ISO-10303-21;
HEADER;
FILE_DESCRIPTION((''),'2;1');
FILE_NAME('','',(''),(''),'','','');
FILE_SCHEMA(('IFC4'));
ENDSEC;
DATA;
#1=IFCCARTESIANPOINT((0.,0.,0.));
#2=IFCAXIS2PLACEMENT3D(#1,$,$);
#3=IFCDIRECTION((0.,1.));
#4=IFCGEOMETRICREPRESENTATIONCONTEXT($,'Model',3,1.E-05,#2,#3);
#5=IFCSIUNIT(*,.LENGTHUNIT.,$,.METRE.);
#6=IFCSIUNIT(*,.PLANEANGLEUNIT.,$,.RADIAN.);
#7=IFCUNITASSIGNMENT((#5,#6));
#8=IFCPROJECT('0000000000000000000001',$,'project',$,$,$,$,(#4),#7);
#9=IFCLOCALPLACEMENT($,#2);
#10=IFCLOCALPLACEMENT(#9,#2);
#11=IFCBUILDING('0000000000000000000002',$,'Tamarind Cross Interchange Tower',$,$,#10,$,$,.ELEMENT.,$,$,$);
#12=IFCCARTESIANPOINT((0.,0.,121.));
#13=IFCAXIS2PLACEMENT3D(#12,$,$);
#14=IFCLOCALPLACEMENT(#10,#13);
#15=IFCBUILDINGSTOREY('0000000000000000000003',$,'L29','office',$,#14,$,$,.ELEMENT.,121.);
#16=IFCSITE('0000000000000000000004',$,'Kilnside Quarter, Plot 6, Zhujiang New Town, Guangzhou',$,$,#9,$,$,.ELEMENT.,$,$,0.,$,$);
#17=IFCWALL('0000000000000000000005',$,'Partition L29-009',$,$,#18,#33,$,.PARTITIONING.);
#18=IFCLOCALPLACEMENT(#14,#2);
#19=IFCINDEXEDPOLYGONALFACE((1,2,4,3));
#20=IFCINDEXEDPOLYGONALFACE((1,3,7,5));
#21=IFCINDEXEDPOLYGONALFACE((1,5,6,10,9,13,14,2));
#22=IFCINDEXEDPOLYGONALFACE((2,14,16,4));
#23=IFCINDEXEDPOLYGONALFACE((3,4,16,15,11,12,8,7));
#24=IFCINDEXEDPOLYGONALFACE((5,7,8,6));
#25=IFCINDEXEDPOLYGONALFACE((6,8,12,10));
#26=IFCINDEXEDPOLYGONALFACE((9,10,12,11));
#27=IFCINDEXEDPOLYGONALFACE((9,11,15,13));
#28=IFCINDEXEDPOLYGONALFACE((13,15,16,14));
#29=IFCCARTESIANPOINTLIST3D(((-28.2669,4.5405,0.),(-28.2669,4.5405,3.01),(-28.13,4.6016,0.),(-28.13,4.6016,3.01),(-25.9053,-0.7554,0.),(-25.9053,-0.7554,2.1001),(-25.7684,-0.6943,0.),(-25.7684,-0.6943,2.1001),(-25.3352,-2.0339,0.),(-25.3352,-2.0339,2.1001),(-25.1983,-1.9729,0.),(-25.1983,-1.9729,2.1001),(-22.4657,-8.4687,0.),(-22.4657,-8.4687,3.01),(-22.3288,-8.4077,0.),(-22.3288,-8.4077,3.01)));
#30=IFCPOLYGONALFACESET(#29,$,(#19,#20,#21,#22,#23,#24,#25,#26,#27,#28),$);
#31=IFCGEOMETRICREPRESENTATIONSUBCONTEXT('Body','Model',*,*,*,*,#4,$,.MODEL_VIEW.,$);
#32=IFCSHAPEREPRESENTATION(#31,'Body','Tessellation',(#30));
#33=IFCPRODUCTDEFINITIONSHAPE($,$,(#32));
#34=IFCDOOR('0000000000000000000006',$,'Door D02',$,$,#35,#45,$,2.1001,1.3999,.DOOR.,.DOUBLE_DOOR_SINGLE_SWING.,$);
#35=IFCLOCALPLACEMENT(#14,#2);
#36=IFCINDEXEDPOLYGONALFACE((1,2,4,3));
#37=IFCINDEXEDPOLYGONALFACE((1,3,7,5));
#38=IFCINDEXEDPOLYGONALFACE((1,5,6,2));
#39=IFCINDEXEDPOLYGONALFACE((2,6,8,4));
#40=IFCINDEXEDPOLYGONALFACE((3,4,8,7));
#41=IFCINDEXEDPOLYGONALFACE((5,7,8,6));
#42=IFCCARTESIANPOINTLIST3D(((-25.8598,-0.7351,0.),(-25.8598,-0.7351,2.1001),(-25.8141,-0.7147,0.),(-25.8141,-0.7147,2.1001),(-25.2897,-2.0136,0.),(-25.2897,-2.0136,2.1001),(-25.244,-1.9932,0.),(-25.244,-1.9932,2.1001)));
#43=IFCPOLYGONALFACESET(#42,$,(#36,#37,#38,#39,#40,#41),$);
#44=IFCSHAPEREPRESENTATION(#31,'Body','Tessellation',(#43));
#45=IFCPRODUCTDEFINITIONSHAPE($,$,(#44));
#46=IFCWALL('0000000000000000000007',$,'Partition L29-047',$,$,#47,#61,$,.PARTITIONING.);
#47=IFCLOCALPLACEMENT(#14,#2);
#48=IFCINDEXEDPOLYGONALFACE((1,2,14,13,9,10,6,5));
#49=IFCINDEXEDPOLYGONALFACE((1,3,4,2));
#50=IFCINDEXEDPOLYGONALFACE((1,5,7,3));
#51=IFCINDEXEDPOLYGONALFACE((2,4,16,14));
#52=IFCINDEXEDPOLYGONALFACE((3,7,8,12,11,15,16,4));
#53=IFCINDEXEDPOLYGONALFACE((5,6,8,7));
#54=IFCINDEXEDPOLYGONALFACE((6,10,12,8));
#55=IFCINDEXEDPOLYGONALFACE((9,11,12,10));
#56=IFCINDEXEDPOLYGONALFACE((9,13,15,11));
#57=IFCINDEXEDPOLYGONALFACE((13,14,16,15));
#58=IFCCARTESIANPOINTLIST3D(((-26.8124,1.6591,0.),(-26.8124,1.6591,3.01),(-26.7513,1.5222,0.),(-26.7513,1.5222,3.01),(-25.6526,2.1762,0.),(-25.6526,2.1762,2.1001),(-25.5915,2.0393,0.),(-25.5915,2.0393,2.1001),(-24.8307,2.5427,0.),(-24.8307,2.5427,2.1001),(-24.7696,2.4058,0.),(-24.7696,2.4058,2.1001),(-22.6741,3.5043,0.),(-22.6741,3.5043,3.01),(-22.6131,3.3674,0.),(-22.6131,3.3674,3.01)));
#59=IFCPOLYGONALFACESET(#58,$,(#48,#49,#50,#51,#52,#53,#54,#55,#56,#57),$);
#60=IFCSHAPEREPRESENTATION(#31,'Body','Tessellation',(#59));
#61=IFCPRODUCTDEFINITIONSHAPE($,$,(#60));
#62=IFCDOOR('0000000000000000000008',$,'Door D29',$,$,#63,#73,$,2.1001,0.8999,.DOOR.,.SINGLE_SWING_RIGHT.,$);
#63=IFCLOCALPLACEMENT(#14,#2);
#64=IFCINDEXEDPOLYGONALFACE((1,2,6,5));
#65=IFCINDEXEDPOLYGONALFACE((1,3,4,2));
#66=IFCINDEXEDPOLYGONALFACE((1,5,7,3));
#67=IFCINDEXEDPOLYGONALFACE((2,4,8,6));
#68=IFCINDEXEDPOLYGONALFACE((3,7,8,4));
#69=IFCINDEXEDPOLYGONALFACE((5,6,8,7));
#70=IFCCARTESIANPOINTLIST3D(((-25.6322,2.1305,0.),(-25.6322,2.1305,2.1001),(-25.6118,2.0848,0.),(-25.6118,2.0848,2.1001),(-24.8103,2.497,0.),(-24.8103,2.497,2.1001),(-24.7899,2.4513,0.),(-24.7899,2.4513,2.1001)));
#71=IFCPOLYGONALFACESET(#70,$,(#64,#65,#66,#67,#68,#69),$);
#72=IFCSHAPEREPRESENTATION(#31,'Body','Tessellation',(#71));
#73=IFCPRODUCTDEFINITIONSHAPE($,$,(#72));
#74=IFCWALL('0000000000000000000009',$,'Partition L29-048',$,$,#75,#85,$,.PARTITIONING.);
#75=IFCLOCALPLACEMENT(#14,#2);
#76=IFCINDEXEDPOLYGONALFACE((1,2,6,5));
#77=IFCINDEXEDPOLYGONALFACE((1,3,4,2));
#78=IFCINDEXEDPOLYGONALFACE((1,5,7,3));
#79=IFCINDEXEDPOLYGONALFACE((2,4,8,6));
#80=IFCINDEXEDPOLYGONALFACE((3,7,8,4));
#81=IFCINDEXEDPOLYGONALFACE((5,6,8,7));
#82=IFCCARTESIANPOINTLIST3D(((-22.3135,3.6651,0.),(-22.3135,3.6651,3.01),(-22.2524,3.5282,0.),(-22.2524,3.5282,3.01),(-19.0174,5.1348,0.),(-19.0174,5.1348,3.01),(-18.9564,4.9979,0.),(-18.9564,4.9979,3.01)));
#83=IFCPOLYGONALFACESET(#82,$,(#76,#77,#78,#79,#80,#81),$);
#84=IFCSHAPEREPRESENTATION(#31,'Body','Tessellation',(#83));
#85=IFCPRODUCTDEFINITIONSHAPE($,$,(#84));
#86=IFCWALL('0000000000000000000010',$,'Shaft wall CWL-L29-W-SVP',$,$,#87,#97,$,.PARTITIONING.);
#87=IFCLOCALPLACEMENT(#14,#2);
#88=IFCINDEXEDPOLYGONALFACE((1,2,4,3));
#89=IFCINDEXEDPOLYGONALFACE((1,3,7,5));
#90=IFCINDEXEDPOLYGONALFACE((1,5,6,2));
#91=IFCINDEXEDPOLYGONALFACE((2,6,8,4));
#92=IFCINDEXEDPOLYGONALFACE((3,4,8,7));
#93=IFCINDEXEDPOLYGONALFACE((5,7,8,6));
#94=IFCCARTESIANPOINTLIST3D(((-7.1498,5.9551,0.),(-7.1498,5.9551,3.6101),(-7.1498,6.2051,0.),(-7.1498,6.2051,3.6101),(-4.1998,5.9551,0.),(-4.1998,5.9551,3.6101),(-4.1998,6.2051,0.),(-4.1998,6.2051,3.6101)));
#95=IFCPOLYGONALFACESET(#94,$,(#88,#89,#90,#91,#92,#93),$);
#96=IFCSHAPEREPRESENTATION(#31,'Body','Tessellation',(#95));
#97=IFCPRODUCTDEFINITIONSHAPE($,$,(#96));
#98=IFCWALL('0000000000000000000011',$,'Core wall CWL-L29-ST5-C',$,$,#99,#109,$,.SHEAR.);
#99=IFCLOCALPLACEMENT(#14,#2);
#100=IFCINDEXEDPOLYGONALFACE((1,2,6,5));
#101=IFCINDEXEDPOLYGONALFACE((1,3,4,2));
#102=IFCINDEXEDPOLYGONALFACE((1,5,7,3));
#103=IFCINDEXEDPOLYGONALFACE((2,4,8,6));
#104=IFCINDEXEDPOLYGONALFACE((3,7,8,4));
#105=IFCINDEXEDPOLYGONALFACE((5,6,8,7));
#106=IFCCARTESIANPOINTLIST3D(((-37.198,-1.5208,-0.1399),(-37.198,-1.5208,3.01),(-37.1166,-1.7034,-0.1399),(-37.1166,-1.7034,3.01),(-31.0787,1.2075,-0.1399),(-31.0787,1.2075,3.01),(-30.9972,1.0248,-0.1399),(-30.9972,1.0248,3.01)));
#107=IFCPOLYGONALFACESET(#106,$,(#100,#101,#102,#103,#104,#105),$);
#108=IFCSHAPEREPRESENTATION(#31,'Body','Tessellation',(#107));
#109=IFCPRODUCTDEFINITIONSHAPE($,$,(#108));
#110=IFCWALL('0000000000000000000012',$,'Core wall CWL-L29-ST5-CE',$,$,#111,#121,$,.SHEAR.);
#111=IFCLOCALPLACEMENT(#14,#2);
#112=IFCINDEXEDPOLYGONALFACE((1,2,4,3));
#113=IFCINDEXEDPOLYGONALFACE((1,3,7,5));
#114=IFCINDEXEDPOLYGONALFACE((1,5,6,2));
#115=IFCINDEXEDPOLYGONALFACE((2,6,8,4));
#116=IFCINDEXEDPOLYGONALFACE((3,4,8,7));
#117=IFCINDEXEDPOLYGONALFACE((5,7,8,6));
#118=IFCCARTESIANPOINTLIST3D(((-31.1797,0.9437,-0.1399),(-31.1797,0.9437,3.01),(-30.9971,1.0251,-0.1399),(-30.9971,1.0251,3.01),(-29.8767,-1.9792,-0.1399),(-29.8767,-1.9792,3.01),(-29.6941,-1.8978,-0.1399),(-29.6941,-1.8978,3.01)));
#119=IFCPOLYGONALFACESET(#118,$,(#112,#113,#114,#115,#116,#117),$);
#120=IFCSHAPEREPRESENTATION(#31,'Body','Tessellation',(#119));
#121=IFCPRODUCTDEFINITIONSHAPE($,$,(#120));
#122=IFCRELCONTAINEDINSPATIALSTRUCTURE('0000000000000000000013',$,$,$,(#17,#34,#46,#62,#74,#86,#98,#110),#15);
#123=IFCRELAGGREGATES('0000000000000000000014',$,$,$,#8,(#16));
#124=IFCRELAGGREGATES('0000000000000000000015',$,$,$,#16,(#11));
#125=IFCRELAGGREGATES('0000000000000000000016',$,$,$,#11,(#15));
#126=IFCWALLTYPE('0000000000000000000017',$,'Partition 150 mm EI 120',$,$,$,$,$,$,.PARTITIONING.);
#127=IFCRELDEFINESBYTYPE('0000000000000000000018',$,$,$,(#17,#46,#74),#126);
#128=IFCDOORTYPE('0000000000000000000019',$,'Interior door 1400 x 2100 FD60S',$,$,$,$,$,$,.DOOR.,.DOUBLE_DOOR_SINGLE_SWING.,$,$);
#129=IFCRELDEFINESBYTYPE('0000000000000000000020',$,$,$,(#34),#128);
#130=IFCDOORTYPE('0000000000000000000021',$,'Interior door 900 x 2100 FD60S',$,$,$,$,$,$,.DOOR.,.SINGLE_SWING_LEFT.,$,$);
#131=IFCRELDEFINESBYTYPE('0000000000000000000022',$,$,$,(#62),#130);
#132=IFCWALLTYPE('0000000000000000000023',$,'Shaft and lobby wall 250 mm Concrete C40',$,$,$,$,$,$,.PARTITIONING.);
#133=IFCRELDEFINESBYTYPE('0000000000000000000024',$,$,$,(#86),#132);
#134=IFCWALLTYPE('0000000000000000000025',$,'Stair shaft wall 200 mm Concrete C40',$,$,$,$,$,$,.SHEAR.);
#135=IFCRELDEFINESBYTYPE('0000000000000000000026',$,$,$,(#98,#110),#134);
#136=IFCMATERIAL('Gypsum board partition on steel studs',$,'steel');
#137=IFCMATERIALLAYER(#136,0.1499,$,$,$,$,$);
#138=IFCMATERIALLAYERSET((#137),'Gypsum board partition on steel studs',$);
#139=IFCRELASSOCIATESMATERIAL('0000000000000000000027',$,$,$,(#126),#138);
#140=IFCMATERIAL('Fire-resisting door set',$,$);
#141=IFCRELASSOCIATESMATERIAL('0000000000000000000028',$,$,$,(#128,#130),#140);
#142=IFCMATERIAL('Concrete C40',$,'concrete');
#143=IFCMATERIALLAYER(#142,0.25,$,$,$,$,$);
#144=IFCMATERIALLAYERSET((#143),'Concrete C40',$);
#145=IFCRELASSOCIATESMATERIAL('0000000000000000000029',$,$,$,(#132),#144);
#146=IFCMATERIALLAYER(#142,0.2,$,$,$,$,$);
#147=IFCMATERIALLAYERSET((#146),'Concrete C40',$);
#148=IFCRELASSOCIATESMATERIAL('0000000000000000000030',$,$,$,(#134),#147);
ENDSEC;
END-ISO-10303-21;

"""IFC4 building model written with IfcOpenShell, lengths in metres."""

from ifc_helpers import new_model, si_unit, direction, frame, frame_2d, origin, place, context, subcontext, project, spatial, rectangle, extrude, material, layer, layer_set, type_object, element, fill, save


model = new_model("IFC4")

# Units and contexts
model_context = context("Model", 3, precision=1e-05, world=origin(), true_north=direction((0.0, 1.0)))
body_context = subcontext(model_context, "Body", "Model", "MODEL_VIEW")
ifc_project = project(units=[si_unit("LENGTHUNIT", "METRE"), si_unit("PLANEANGLEUNIT", "RADIAN")], contexts=[model_context])

# Site, building, storey
site_placement = place(None, origin())
site = spatial("IfcSite", under=ifc_project, at=site_placement, Name="Kilnside Quarter, Plot 6, Zhujiang New Town, Guangzhou", CompositionType="ELEMENT", RefElevation=0.0)
building_placement = place(site_placement, origin())
building = spatial("IfcBuilding", under=site, at=building_placement, Name="Tamarind Cross Interchange Tower", CompositionType="ELEMENT")
storey_placement = place(building_placement, frame((0.0, 0.0, 121.0)))
storey = spatial("IfcBuildingStorey", under=building, at=storey_placement, Name="L29", Description="office", CompositionType="ELEMENT", Elevation=121.0)

# Shared definitions
ifc_material_1 = material(Name="Gypsum board partition on steel studs", Category="steel")

# Walls, openings, doors
ifc_layer_1 = layer(ifc_material_1, 0.1499)
ifc_layer_set_1 = layer_set([ifc_layer_1], Name="Gypsum board partition on steel studs")
wall_type_1 = type_object("IfcWallType", Name="Partition 150 mm EI 120", PredefinedType="PARTITIONING", material=ifc_layer_set_1)
wall_1_placement = place(storey_placement, frame((-28.1985, 4.571, 0.0), z_axis=(0.0, 0.0, 1.0), x_axis=(0.407274, -0.913306, 0.0)))
wall_1 = element("IfcWall", 1, at=wall_1_placement, inside=storey, type_object=wall_type_1, Name="Partition L29-009", PredefinedType="PARTITIONING", context=body_context, shape_type="SweptSolid", body=[
    extrude(rectangle(XDim=14.2441, YDim=0.1499, at=frame_2d((7.1221, 0.0))), origin(), (0.0, 0.0, 1.0), 3.01),
])
opening_1_placement = place(wall_1_placement, frame((5.7986, 0.0, 0.0)))
opening_1 = element("IfcOpeningElement", 2, at=opening_1_placement, cuts=wall_1, PredefinedType="OPENING", context=body_context, shape_type="SweptSolid", body=[
    extrude(rectangle(XDim=1.3999, YDim=2.1001, at=frame_2d((0.7, 1.05))), frame((0.0, 0.085, 0.0), z_axis=(0.0, -1.0, 0.0), x_axis=(1.0, 0.0, 0.0)), (0.0, 0.0, 1.0), 0.1699),
])
ifc_material_2 = material(Name="Fire-resisting door set")
door_type_1 = type_object("IfcDoorType", Name="Interior door 1400 x 2100 FD60S", OperationType="DOUBLE_DOOR_SINGLE_SWING", PredefinedType="DOOR", material=ifc_material_2)
door_1_placement = place(opening_1_placement, origin())
door_1 = element("IfcDoor", 3, at=door_1_placement, inside=storey, type_object=door_type_1, Name="Door D02", OperationType="DOUBLE_DOOR_SINGLE_SWING", OverallHeight=2.1001, OverallWidth=1.3999, PredefinedType="DOOR", context=body_context, shape_type="SweptSolid", body=[
    extrude(rectangle(XDim=1.3999, YDim=2.1001, at=frame_2d((0.7, 1.05))), frame((0.0, 0.0249, 0.0), z_axis=(0.0, -1.0, 0.0), x_axis=(1.0, 0.0, 0.0)), (0.0, 0.0, 1.0), 0.05),
])
fill(opening_1, door_1)
wall_2_placement = place(storey_placement, frame((-26.782, 1.5906, 0.0), z_axis=(0.0, 0.0, 1.0), x_axis=(0.913318, 0.407248, 0.0)))
wall_2 = element("IfcWall", 4, at=wall_2_placement, inside=storey, type_object=wall_type_1, Name="Partition L29-047", PredefinedType="PARTITIONING", context=body_context, shape_type="SweptSolid", body=[
    extrude(rectangle(XDim=4.531, YDim=0.1499, at=frame_2d((2.2656, 0.0))), origin(), (0.0, 0.0, 1.0), 3.01),
])
opening_2_placement = place(wall_2_placement, frame((1.27, 0.0, 0.0)))
opening_2 = element("IfcOpeningElement", 5, at=opening_2_placement, cuts=wall_2, PredefinedType="OPENING", context=body_context, shape_type="SweptSolid", body=[
    extrude(rectangle(XDim=0.8999, YDim=2.1001, at=frame_2d((0.45, 1.05))), frame((0.0, 0.085, 0.0), z_axis=(0.0, -1.0, 0.0), x_axis=(1.0, 0.0, 0.0)), (0.0, 0.0, 1.0), 0.1699),
])
door_type_2 = type_object("IfcDoorType", Name="Interior door 900 x 2100 FD60S", OperationType="SINGLE_SWING_LEFT", PredefinedType="DOOR", material=ifc_material_2)
door_2_placement = place(opening_2_placement, origin())
door_2 = element("IfcDoor", 6, at=door_2_placement, inside=storey, type_object=door_type_2, Name="Door D29", OperationType="SINGLE_SWING_RIGHT", OverallHeight=2.1001, OverallWidth=0.8999, PredefinedType="DOOR", context=body_context, shape_type="SweptSolid", body=[
    extrude(rectangle(XDim=0.8999, YDim=2.1001, at=frame_2d((0.45, 1.05))), frame((0.0, 0.0249, 0.0), z_axis=(0.0, -1.0, 0.0), x_axis=(1.0, 0.0, 0.0)), (0.0, 0.0, 1.0), 0.05),
])
fill(opening_2, door_2)

# Walls
wall_3_placement = place(storey_placement, frame((-22.283, 3.5967, 0.0), z_axis=(0.0, 0.0, 1.0), x_axis=(0.91332, 0.407243, 0.0)))
element("IfcWall", 7, at=wall_3_placement, inside=storey, type_object=wall_type_1, Name="Partition L29-048", PredefinedType="PARTITIONING", context=body_context, shape_type="SweptSolid", body=[
    extrude(rectangle(XDim=3.6089, YDim=0.1499, at=frame_2d((1.8044, 0.0))), origin(), (0.0, 0.0, 1.0), 3.01),
])
ifc_material_3 = material(Name="Concrete C40", Category="concrete")
ifc_layer_2 = layer(ifc_material_3, 0.25)
ifc_layer_set_2 = layer_set([ifc_layer_2], Name="Concrete C40")
wall_type_2 = type_object("IfcWallType", Name="Shaft and lobby wall 250 mm Concrete C40", PredefinedType="PARTITIONING", material=ifc_layer_set_2)
wall_4_placement = place(storey_placement, frame((-7.1499, 6.0801, 0.0), z_axis=(0.0, 0.0, 1.0), x_axis=(1.0, 0.0, 0.0)))
element("IfcWall", 8, at=wall_4_placement, inside=storey, type_object=wall_type_2, Name="Shaft wall CWL-L29-W-SVP", PredefinedType="PARTITIONING", context=body_context, shape_type="SweptSolid", body=[
    extrude(rectangle(XDim=2.95, YDim=0.25, at=frame_2d((1.4751, 0.0))), origin(), (0.0, 0.0, 1.0), 3.6101),
])
ifc_layer_3 = layer(ifc_material_3, 0.2)
ifc_layer_set_3 = layer_set([ifc_layer_3], Name="Concrete C40")
wall_type_3 = type_object("IfcWallType", Name="Stair shaft wall 200 mm Concrete C40", PredefinedType="SHEAR", material=ifc_layer_set_3)
wall_5_placement = place(storey_placement, frame((-31.0378, 1.1162, -0.1399), z_axis=(0.0, 0.0, 1.0), x_axis=(-0.913338, -0.407203, 0.0)))
element("IfcWall", 9, at=wall_5_placement, inside=storey, type_object=wall_type_3, Name="Core wall CWL-L29-ST5-C", PredefinedType="SHEAR", context=body_context, shape_type="SweptSolid", body=[
    extrude(rectangle(XDim=6.7, YDim=0.2, at=frame_2d((3.3501, 0.0))), origin(), (0.0, 0.0, 1.0), 3.1499),
])
wall_6_placement = place(storey_placement, frame((-31.0884, 0.9844, -0.1399), z_axis=(0.0, 0.0, 1.0), x_axis=(0.407165, -0.913355, 0.0)))
element("IfcWall", 10, at=wall_6_placement, inside=storey, type_object=wall_type_3, Name="Core wall CWL-L29-ST5-CE", PredefinedType="SHEAR", context=body_context, shape_type="SweptSolid", body=[
    extrude(rectangle(XDim=3.2002, YDim=0.2, at=frame_2d((1.6001, 0.0))), origin(), (0.0, 0.0, 1.0), 3.1499),
])

save(model, "model.ifc")
